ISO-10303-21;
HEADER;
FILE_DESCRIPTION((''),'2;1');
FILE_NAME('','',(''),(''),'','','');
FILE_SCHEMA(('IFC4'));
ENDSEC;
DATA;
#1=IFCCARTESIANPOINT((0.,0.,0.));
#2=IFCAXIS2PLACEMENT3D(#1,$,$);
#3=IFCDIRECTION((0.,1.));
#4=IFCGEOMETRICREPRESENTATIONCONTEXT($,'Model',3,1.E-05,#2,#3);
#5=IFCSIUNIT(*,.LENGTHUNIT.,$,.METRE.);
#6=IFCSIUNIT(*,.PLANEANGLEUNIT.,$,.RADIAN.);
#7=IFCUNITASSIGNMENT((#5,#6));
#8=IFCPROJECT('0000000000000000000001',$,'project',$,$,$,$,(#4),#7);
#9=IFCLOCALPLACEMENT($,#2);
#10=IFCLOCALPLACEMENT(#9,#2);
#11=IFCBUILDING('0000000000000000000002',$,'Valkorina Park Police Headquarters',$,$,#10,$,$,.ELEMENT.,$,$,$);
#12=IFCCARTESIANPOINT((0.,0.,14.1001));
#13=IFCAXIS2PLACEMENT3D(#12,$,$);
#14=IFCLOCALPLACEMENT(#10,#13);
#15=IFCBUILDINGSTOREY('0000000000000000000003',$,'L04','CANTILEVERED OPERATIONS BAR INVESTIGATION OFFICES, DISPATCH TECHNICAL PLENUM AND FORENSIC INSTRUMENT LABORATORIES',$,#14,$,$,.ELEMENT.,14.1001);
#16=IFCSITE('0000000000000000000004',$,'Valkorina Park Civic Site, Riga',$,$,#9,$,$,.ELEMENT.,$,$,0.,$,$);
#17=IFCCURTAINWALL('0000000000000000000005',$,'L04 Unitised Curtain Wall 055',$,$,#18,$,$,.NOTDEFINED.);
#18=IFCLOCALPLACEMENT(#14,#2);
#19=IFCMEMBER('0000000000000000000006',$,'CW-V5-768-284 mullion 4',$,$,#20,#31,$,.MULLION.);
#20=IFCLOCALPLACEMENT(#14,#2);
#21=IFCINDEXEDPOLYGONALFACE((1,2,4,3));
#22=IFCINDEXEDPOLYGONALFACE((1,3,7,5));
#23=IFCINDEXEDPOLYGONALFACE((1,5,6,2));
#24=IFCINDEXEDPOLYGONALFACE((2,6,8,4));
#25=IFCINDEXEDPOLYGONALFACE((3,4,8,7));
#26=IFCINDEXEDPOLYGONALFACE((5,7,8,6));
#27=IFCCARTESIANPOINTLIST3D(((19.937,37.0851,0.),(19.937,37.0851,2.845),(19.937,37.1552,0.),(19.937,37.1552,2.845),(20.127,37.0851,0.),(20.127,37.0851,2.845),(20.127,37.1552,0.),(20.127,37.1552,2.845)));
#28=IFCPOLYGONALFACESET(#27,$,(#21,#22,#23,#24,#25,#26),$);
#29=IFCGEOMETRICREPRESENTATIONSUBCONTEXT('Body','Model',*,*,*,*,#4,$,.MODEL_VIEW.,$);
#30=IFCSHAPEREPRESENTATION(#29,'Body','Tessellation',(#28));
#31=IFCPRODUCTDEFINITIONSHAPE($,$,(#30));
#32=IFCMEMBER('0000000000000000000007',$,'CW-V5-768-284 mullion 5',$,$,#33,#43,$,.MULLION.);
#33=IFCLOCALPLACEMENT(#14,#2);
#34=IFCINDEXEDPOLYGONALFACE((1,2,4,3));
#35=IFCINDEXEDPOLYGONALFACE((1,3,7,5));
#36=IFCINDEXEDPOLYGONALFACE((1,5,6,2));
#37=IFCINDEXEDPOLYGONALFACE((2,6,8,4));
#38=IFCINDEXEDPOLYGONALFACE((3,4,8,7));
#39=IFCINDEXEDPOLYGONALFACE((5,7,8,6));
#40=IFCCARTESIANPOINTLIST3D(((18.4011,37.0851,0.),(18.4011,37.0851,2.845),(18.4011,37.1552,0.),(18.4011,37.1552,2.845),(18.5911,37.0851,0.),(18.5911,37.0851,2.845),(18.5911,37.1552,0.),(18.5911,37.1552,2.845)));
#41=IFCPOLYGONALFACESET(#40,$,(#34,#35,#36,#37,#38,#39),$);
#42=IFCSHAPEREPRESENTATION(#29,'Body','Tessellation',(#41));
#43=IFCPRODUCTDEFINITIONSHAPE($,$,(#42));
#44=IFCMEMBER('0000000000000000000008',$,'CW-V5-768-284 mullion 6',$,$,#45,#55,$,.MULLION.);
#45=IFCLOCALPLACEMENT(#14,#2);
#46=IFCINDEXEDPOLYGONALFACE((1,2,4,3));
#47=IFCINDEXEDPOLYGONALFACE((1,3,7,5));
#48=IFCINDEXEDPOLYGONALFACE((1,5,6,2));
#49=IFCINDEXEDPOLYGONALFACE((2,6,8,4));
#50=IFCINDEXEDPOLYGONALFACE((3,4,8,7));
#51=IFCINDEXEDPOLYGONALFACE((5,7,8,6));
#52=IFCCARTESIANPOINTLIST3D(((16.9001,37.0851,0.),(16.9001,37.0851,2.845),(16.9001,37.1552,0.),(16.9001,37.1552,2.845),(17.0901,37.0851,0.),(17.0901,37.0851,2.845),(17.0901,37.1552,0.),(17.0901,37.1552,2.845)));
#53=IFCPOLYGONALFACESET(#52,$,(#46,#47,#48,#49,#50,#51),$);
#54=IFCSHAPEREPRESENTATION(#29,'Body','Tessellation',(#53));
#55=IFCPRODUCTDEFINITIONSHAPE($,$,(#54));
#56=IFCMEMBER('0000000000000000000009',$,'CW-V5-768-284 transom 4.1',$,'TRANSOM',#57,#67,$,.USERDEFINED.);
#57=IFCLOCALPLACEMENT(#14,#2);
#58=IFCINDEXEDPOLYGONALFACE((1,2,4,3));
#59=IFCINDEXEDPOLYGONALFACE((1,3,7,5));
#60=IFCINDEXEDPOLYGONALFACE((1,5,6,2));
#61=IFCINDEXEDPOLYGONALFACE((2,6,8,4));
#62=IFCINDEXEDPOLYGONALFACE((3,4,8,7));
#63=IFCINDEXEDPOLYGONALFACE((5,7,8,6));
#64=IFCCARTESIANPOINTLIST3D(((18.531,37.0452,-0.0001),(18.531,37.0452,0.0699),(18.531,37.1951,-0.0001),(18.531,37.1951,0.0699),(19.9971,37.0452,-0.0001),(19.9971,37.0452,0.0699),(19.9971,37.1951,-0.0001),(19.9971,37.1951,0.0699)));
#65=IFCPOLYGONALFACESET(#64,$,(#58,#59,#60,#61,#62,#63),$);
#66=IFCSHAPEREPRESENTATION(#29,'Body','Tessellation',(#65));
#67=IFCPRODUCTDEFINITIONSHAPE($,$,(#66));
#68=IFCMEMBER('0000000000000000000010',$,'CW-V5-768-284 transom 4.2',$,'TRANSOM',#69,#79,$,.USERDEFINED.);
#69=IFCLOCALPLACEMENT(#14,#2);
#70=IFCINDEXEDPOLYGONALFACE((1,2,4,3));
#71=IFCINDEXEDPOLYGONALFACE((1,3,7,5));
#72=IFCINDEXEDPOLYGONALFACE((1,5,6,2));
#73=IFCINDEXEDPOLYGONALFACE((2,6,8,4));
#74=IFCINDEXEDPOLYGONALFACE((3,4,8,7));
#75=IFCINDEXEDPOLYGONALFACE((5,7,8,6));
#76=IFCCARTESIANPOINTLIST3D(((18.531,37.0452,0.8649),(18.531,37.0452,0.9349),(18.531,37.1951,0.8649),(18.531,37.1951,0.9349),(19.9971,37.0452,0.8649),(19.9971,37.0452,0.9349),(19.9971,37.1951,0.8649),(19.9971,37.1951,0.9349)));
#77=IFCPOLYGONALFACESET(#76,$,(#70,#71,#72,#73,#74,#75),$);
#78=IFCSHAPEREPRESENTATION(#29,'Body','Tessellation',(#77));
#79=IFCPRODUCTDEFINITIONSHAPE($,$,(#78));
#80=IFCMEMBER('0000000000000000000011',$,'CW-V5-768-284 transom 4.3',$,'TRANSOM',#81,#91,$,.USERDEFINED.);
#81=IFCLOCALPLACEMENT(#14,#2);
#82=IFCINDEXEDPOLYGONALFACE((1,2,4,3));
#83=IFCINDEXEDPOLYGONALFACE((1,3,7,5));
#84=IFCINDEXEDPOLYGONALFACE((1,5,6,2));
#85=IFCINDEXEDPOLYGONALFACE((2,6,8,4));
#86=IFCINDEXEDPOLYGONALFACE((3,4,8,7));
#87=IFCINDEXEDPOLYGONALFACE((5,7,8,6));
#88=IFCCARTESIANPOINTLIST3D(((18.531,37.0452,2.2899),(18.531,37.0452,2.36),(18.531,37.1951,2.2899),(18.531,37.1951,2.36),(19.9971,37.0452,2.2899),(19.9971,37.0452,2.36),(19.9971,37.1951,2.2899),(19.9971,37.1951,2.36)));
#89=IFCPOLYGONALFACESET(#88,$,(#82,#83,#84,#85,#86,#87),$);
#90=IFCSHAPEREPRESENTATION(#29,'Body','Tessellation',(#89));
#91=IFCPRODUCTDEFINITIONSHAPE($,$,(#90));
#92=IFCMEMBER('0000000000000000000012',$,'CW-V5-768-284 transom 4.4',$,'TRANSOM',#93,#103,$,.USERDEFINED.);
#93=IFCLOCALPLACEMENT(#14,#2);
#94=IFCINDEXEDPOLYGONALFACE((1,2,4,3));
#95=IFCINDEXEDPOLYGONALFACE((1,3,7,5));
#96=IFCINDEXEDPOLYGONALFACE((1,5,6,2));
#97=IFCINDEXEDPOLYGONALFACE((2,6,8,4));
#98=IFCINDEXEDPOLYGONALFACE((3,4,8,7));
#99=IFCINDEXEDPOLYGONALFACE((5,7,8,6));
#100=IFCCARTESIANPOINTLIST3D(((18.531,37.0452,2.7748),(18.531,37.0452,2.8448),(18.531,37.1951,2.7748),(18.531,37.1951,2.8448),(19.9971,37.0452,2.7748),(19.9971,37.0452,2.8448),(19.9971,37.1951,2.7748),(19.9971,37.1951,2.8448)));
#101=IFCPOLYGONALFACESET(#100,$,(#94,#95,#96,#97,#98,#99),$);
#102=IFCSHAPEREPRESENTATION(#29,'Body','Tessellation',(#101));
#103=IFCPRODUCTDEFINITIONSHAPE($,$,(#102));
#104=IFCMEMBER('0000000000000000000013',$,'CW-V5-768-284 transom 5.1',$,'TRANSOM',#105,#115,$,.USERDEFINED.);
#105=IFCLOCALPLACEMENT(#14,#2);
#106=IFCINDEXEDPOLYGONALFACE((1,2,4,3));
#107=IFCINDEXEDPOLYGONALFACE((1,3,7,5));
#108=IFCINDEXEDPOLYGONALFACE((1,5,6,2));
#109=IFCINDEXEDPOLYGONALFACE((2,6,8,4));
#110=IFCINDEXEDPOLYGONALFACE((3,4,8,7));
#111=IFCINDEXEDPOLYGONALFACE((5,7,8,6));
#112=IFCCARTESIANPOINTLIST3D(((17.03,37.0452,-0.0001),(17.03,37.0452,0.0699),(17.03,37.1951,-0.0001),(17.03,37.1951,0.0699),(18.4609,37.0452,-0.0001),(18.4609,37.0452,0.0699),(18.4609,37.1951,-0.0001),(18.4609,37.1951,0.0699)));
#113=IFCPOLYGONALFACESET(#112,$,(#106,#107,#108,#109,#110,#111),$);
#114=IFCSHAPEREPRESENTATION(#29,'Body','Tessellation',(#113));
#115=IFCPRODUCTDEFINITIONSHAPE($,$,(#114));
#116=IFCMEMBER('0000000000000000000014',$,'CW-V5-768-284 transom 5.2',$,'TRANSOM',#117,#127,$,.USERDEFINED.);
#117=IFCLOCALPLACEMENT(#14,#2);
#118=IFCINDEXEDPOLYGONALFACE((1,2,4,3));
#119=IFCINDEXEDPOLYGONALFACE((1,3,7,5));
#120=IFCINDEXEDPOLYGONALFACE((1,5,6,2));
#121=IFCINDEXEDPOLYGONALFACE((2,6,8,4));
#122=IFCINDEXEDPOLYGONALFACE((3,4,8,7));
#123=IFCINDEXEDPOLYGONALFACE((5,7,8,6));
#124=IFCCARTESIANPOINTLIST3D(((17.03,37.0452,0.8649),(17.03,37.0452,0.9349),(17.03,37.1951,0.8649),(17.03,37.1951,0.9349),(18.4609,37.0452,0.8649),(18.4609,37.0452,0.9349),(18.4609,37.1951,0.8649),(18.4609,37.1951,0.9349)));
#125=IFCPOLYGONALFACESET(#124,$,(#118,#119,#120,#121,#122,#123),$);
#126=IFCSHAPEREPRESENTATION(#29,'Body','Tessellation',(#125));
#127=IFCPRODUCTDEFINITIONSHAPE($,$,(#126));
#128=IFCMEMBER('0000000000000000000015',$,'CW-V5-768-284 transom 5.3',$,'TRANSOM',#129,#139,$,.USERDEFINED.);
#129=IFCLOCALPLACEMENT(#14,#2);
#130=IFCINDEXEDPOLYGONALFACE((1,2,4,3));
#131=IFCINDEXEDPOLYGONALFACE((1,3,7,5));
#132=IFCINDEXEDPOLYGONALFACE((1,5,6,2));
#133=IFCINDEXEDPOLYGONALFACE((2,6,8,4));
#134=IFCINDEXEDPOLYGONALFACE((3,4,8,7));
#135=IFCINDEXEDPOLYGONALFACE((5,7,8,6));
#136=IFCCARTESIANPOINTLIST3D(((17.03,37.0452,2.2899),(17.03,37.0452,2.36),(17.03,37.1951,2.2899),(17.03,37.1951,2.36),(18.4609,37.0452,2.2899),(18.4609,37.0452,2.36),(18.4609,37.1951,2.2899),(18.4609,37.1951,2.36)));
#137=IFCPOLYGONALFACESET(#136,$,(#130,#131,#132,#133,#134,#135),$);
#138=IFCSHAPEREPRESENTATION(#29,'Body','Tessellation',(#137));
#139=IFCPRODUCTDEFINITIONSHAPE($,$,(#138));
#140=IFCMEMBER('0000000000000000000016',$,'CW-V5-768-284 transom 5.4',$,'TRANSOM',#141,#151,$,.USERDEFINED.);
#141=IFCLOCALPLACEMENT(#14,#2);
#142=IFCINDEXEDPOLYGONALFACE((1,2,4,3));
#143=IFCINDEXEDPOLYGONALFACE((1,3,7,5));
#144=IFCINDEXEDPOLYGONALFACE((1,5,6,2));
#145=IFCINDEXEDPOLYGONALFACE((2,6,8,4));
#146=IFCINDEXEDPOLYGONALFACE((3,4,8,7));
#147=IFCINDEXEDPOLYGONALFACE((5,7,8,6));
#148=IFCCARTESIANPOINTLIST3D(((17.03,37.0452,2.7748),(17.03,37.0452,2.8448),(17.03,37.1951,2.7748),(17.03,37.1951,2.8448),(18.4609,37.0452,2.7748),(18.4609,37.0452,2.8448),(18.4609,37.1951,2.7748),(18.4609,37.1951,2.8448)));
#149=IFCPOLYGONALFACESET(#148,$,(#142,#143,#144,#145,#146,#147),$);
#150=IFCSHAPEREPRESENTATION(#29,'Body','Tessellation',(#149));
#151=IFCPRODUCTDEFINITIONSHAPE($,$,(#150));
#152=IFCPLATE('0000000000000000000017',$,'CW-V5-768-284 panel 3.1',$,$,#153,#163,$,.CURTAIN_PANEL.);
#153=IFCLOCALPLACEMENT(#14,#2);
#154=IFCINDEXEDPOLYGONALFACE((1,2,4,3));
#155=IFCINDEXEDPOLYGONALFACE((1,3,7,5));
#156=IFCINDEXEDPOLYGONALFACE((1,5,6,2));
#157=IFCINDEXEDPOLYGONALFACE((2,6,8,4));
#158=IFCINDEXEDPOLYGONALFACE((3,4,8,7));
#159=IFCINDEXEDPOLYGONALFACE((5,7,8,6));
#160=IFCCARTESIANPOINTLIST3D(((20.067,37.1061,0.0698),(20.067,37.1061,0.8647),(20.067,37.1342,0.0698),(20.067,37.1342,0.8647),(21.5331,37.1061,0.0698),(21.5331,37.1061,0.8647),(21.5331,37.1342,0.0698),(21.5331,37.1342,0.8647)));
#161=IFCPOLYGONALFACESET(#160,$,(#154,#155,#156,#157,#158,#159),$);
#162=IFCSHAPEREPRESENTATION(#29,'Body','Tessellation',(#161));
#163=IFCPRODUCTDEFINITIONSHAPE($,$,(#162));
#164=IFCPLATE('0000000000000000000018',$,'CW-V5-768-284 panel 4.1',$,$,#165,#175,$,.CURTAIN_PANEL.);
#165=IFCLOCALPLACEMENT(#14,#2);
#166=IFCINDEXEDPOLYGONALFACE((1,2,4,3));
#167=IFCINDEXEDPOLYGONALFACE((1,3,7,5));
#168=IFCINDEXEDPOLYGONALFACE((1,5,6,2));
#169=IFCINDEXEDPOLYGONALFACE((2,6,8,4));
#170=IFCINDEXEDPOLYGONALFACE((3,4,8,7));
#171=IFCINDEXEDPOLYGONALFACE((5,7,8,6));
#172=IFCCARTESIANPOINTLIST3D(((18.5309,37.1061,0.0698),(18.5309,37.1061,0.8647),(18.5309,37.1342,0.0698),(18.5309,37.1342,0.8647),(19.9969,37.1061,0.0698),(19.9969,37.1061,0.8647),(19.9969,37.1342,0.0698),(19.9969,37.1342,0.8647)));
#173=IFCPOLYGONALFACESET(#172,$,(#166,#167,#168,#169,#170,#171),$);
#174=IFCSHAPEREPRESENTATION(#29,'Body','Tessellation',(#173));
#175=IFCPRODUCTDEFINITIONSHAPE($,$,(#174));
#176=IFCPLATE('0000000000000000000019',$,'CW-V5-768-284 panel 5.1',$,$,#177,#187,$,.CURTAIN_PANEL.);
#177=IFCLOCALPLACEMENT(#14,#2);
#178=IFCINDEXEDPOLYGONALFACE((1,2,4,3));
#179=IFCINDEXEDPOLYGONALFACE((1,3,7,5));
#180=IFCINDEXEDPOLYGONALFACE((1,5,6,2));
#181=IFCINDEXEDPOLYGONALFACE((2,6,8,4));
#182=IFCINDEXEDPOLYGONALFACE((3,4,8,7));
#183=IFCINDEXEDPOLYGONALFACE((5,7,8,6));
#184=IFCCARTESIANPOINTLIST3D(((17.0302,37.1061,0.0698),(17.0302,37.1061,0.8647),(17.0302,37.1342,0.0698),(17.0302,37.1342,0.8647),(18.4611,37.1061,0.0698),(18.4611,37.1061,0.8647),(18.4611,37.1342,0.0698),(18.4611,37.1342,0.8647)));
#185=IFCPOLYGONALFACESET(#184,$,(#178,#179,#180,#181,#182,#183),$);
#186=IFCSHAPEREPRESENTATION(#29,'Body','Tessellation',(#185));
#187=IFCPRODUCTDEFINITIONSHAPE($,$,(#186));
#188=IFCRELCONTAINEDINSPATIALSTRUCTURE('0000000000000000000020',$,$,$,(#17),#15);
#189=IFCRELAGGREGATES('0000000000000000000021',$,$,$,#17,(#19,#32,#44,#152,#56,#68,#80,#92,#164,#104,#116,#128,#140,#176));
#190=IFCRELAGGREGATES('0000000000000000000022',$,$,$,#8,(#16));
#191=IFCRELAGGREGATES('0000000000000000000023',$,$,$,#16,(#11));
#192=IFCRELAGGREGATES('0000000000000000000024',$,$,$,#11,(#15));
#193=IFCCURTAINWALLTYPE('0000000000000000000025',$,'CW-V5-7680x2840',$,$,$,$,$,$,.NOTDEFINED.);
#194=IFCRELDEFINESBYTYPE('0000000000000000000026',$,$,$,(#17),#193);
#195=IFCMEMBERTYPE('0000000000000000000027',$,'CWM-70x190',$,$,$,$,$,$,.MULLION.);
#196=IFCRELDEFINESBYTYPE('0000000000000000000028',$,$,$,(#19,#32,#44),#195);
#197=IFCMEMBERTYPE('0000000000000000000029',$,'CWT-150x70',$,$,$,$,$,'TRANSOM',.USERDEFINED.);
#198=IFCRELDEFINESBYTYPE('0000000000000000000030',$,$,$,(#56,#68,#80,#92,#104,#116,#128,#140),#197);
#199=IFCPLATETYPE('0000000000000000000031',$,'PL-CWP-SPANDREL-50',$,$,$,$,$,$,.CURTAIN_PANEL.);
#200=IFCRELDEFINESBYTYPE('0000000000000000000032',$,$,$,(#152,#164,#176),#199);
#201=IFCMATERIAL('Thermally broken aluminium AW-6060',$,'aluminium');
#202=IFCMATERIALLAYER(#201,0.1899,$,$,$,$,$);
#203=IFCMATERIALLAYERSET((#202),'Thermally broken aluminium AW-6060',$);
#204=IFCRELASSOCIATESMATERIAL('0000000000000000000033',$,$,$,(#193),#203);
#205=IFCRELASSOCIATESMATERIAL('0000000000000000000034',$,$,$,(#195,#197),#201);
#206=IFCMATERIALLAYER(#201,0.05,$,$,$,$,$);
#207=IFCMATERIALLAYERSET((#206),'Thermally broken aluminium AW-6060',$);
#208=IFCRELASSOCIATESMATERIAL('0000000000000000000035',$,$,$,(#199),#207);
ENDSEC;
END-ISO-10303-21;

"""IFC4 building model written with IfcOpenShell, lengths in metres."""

from ifc_helpers import new_model, si_unit, direction, frame, origin, origin_2d, place, context, subcontext, project, spatial, rectangle, extrude, material, layer, layer_set, material_profile, profile_set, type_object, element, aggregate, save


model = new_model("IFC4")

# Units and contexts
model_context = context("Model", 3, precision=1e-05, world=origin(), true_north=direction((0.0, 1.0)))
body_context = subcontext(model_context, "Body", "Model", "MODEL_VIEW")
ifc_project = project(units=[si_unit("LENGTHUNIT", "METRE"), si_unit("PLANEANGLEUNIT", "RADIAN")], contexts=[model_context])

# Site, building, storey
site_placement = place(None, origin())
site = spatial("IfcSite", under=ifc_project, at=site_placement, Name="Valkorina Park Civic Site, Riga", CompositionType="ELEMENT", RefElevation=0.0)
building_placement = place(site_placement, origin())
building = spatial("IfcBuilding", under=site, at=building_placement, Name="Valkorina Park Police Headquarters", CompositionType="ELEMENT")
storey_placement = place(building_placement, frame((0.0, 0.0, 14.1001)))
storey = spatial("IfcBuildingStorey", under=building, at=storey_placement, Name="L04", Description="CANTILEVERED OPERATIONS BAR INVESTIGATION OFFICES, DISPATCH TECHNICAL PLENUM AND FORENSIC INSTRUMENT LABORATORIES", CompositionType="ELEMENT", Elevation=14.1001)

# Curtain wall, members, plates
ifc_material_1 = material(Name="Thermally broken aluminium AW-6060", Category="aluminium")
ifc_layer_1 = layer(ifc_material_1, 0.1899)
ifc_layer_set_1 = layer_set([ifc_layer_1], Name="Thermally broken aluminium AW-6060")
curtain_wall_type = type_object("IfcCurtainWallType", Name="CW-V5-7680x2840", PredefinedType="NOTDEFINED", material=ifc_layer_set_1)
curtain_wall_placement = place(storey_placement, origin())
curtain_wall = element("IfcCurtainWall", 1, at=curtain_wall_placement, inside=storey, type_object=curtain_wall_type, Name="L04 Unitised Curtain Wall 055", PredefinedType="NOTDEFINED")
ifc_material_profile_1 = material_profile(ifc_material_1, rectangle(XDim=0.0701, YDim=0.1899, at=origin_2d()), Name="CWM-02 70x190")
ifc_profile_set_1 = profile_set([ifc_material_profile_1], Name="Thermally broken aluminium AW-6060")
member_type_1 = type_object("IfcMemberType", Name="CWM-70x190", PredefinedType="MULLION", material=ifc_profile_set_1)
member_1_placement = place(storey_placement, frame((20.032, 37.1201, 0.0), z_axis=(0.0, 0.0, 1.0), x_axis=(0.0, -1.0, 0.0)))
member_1 = element("IfcMember", 2, at=member_1_placement, type_object=member_type_1, Name="CW-V5-768-284 mullion 4", PredefinedType="MULLION", context=body_context, shape_type="SweptSolid", body=[
    extrude(rectangle(XDim=0.0701, YDim=0.1899, at=origin_2d()), origin(), (0.0, 0.0, 1.0), 2.845),
])
member_2_placement = place(storey_placement, frame((18.4961, 37.1201, 0.0), z_axis=(0.0, 0.0, 1.0), x_axis=(0.0, -1.0, 0.0)))
member_2 = element("IfcMember", 3, at=member_2_placement, type_object=member_type_1, Name="CW-V5-768-284 mullion 5", PredefinedType="MULLION", context=body_context, shape_type="SweptSolid", body=[
    extrude(rectangle(XDim=0.0701, YDim=0.1899, at=origin_2d()), origin(), (0.0, 0.0, 1.0), 2.845),
])
member_3_placement = place(storey_placement, frame((16.9951, 37.1201, 0.0), z_axis=(0.0, 0.0, 1.0), x_axis=(0.0, -1.0, 0.0)))
member_3 = element("IfcMember", 4, at=member_3_placement, type_object=member_type_1, Name="CW-V5-768-284 mullion 6", PredefinedType="MULLION", context=body_context, shape_type="SweptSolid", body=[
    extrude(rectangle(XDim=0.0701, YDim=0.1899, at=origin_2d()), origin(), (0.0, 0.0, 1.0), 2.845),
])
ifc_material_profile_2 = material_profile(ifc_material_1, rectangle(XDim=0.1499, YDim=0.0701, at=origin_2d()), Name="CWT-02 150x70")
ifc_profile_set_2 = profile_set([ifc_material_profile_2], Name="Thermally broken aluminium AW-6060")
member_type_2 = type_object("IfcMemberType", Name="CWT-150x70", ElementType="TRANSOM", PredefinedType="USERDEFINED", material=ifc_profile_set_2)
member_4_placement = place(storey_placement, frame((19.9971, 37.1201, 0.0349), z_axis=(-1.0, 0.0, 0.0), x_axis=(0.0, -1.0, 0.0)))
member_4 = element("IfcMember", 5, at=member_4_placement, type_object=member_type_2, Name="CW-V5-768-284 transom 4.1", ObjectType="TRANSOM", PredefinedType="USERDEFINED", context=body_context, shape_type="SweptSolid", body=[
    extrude(rectangle(XDim=0.1499, YDim=0.0701, at=origin_2d()), origin(), (0.0, 0.0, 1.0), 1.4661),
])
member_5_placement = place(storey_placement, frame((19.9971, 37.1201, 0.8999), z_axis=(-1.0, 0.0, 0.0), x_axis=(0.0, -1.0, 0.0)))
member_5 = element("IfcMember", 6, at=member_5_placement, type_object=member_type_2, Name="CW-V5-768-284 transom 4.2", ObjectType="TRANSOM", PredefinedType="USERDEFINED", context=body_context, shape_type="SweptSolid", body=[
    extrude(rectangle(XDim=0.1499, YDim=0.0701, at=origin_2d()), origin(), (0.0, 0.0, 1.0), 1.4661),
])
member_6_placement = place(storey_placement, frame((19.9971, 37.1201, 2.325), z_axis=(-1.0, 0.0, 0.0), x_axis=(0.0, -1.0, 0.0)))
member_6 = element("IfcMember", 7, at=member_6_placement, type_object=member_type_2, Name="CW-V5-768-284 transom 4.3", ObjectType="TRANSOM", PredefinedType="USERDEFINED", context=body_context, shape_type="SweptSolid", body=[
    extrude(rectangle(XDim=0.1499, YDim=0.0701, at=origin_2d()), origin(), (0.0, 0.0, 1.0), 1.4661),
])
member_7_placement = place(storey_placement, frame((19.9971, 37.1201, 2.8098), z_axis=(-1.0, 0.0, 0.0), x_axis=(0.0, -1.0, 0.0)))
member_7 = element("IfcMember", 8, at=member_7_placement, type_object=member_type_2, Name="CW-V5-768-284 transom 4.4", ObjectType="TRANSOM", PredefinedType="USERDEFINED", context=body_context, shape_type="SweptSolid", body=[
    extrude(rectangle(XDim=0.1499, YDim=0.0701, at=origin_2d()), origin(), (0.0, 0.0, 1.0), 1.4661),
])
member_8_placement = place(storey_placement, frame((18.4609, 37.1201, 0.0349), z_axis=(-1.0, 0.0, 0.0), x_axis=(0.0, -1.0, 0.0)))
member_8 = element("IfcMember", 9, at=member_8_placement, type_object=member_type_2, Name="CW-V5-768-284 transom 5.1", ObjectType="TRANSOM", PredefinedType="USERDEFINED", context=body_context, shape_type="SweptSolid", body=[
    extrude(rectangle(XDim=0.1499, YDim=0.0701, at=origin_2d()), origin(), (0.0, 0.0, 1.0), 1.4309),
])
member_9_placement = place(storey_placement, frame((18.4609, 37.1201, 0.8999), z_axis=(-1.0, 0.0, 0.0), x_axis=(0.0, -1.0, 0.0)))
member_9 = element("IfcMember", 10, at=member_9_placement, type_object=member_type_2, Name="CW-V5-768-284 transom 5.2", ObjectType="TRANSOM", PredefinedType="USERDEFINED", context=body_context, shape_type="SweptSolid", body=[
    extrude(rectangle(XDim=0.1499, YDim=0.0701, at=origin_2d()), origin(), (0.0, 0.0, 1.0), 1.4309),
])
member_10_placement = place(storey_placement, frame((18.4609, 37.1201, 2.325), z_axis=(-1.0, 0.0, 0.0), x_axis=(0.0, -1.0, 0.0)))
member_10 = element("IfcMember", 11, at=member_10_placement, type_object=member_type_2, Name="CW-V5-768-284 transom 5.3", ObjectType="TRANSOM", PredefinedType="USERDEFINED", context=body_context, shape_type="SweptSolid", body=[
    extrude(rectangle(XDim=0.1499, YDim=0.0701, at=origin_2d()), origin(), (0.0, 0.0, 1.0), 1.4309),
])
member_11_placement = place(storey_placement, frame((18.4609, 37.1201, 2.8098), z_axis=(-1.0, 0.0, 0.0), x_axis=(0.0, -1.0, 0.0)))
member_11 = element("IfcMember", 12, at=member_11_placement, type_object=member_type_2, Name="CW-V5-768-284 transom 5.4", ObjectType="TRANSOM", PredefinedType="USERDEFINED", context=body_context, shape_type="SweptSolid", body=[
    extrude(rectangle(XDim=0.1499, YDim=0.0701, at=origin_2d()), origin(), (0.0, 0.0, 1.0), 1.4309),
])
ifc_layer_2 = layer(ifc_material_1, 0.05)
ifc_layer_set_2 = layer_set([ifc_layer_2], Name="Thermally broken aluminium AW-6060")
plate_type_1 = type_object("IfcPlateType", Name="PL-CWP-SPANDREL-50", PredefinedType="CURTAIN_PANEL", material=ifc_layer_set_2)
plate_1_placement = place(storey_placement, frame((20.8, 37.1201, 0.0698), z_axis=(0.0, 0.0, 1.0), x_axis=(-1.0, 0.0, 0.0)))
plate_1 = element("IfcPlate", 13, at=plate_1_placement, type_object=plate_type_1, Name="CW-V5-768-284 panel 3.1", PredefinedType="CURTAIN_PANEL", context=body_context, shape_type="SweptSolid", body=[
    extrude(rectangle(XDim=1.4661, YDim=0.0281, at=origin_2d()), origin(), (0.0, 0.0, 1.0), 0.7949),
])
plate_2_placement = place(storey_placement, frame((19.2639, 37.1201, 0.0698), z_axis=(0.0, 0.0, 1.0), x_axis=(-1.0, 0.0, 0.0)))
plate_2 = element("IfcPlate", 14, at=plate_2_placement, type_object=plate_type_1, Name="CW-V5-768-284 panel 4.1", PredefinedType="CURTAIN_PANEL", context=body_context, shape_type="SweptSolid", body=[
    extrude(rectangle(XDim=1.4661, YDim=0.0281, at=origin_2d()), origin(), (0.0, 0.0, 1.0), 0.7949),
])
plate_3_placement = place(storey_placement, frame((17.7456, 37.1201, 0.0698), z_axis=(0.0, 0.0, 1.0), x_axis=(-1.0, 0.0, 0.0)))
plate_3 = element("IfcPlate", 15, at=plate_3_placement, type_object=plate_type_1, Name="CW-V5-768-284 panel 5.1", PredefinedType="CURTAIN_PANEL", context=body_context, shape_type="SweptSolid", body=[
    extrude(rectangle(XDim=1.4309, YDim=0.0281, at=origin_2d()), origin(), (0.0, 0.0, 1.0), 0.7949),
])
aggregate(curtain_wall, [member_1, member_2, member_3, plate_1, member_4, member_5, member_6, member_7, plate_2, member_8, member_9, member_10, member_11, plate_3])

save(model, "model.ifc")
